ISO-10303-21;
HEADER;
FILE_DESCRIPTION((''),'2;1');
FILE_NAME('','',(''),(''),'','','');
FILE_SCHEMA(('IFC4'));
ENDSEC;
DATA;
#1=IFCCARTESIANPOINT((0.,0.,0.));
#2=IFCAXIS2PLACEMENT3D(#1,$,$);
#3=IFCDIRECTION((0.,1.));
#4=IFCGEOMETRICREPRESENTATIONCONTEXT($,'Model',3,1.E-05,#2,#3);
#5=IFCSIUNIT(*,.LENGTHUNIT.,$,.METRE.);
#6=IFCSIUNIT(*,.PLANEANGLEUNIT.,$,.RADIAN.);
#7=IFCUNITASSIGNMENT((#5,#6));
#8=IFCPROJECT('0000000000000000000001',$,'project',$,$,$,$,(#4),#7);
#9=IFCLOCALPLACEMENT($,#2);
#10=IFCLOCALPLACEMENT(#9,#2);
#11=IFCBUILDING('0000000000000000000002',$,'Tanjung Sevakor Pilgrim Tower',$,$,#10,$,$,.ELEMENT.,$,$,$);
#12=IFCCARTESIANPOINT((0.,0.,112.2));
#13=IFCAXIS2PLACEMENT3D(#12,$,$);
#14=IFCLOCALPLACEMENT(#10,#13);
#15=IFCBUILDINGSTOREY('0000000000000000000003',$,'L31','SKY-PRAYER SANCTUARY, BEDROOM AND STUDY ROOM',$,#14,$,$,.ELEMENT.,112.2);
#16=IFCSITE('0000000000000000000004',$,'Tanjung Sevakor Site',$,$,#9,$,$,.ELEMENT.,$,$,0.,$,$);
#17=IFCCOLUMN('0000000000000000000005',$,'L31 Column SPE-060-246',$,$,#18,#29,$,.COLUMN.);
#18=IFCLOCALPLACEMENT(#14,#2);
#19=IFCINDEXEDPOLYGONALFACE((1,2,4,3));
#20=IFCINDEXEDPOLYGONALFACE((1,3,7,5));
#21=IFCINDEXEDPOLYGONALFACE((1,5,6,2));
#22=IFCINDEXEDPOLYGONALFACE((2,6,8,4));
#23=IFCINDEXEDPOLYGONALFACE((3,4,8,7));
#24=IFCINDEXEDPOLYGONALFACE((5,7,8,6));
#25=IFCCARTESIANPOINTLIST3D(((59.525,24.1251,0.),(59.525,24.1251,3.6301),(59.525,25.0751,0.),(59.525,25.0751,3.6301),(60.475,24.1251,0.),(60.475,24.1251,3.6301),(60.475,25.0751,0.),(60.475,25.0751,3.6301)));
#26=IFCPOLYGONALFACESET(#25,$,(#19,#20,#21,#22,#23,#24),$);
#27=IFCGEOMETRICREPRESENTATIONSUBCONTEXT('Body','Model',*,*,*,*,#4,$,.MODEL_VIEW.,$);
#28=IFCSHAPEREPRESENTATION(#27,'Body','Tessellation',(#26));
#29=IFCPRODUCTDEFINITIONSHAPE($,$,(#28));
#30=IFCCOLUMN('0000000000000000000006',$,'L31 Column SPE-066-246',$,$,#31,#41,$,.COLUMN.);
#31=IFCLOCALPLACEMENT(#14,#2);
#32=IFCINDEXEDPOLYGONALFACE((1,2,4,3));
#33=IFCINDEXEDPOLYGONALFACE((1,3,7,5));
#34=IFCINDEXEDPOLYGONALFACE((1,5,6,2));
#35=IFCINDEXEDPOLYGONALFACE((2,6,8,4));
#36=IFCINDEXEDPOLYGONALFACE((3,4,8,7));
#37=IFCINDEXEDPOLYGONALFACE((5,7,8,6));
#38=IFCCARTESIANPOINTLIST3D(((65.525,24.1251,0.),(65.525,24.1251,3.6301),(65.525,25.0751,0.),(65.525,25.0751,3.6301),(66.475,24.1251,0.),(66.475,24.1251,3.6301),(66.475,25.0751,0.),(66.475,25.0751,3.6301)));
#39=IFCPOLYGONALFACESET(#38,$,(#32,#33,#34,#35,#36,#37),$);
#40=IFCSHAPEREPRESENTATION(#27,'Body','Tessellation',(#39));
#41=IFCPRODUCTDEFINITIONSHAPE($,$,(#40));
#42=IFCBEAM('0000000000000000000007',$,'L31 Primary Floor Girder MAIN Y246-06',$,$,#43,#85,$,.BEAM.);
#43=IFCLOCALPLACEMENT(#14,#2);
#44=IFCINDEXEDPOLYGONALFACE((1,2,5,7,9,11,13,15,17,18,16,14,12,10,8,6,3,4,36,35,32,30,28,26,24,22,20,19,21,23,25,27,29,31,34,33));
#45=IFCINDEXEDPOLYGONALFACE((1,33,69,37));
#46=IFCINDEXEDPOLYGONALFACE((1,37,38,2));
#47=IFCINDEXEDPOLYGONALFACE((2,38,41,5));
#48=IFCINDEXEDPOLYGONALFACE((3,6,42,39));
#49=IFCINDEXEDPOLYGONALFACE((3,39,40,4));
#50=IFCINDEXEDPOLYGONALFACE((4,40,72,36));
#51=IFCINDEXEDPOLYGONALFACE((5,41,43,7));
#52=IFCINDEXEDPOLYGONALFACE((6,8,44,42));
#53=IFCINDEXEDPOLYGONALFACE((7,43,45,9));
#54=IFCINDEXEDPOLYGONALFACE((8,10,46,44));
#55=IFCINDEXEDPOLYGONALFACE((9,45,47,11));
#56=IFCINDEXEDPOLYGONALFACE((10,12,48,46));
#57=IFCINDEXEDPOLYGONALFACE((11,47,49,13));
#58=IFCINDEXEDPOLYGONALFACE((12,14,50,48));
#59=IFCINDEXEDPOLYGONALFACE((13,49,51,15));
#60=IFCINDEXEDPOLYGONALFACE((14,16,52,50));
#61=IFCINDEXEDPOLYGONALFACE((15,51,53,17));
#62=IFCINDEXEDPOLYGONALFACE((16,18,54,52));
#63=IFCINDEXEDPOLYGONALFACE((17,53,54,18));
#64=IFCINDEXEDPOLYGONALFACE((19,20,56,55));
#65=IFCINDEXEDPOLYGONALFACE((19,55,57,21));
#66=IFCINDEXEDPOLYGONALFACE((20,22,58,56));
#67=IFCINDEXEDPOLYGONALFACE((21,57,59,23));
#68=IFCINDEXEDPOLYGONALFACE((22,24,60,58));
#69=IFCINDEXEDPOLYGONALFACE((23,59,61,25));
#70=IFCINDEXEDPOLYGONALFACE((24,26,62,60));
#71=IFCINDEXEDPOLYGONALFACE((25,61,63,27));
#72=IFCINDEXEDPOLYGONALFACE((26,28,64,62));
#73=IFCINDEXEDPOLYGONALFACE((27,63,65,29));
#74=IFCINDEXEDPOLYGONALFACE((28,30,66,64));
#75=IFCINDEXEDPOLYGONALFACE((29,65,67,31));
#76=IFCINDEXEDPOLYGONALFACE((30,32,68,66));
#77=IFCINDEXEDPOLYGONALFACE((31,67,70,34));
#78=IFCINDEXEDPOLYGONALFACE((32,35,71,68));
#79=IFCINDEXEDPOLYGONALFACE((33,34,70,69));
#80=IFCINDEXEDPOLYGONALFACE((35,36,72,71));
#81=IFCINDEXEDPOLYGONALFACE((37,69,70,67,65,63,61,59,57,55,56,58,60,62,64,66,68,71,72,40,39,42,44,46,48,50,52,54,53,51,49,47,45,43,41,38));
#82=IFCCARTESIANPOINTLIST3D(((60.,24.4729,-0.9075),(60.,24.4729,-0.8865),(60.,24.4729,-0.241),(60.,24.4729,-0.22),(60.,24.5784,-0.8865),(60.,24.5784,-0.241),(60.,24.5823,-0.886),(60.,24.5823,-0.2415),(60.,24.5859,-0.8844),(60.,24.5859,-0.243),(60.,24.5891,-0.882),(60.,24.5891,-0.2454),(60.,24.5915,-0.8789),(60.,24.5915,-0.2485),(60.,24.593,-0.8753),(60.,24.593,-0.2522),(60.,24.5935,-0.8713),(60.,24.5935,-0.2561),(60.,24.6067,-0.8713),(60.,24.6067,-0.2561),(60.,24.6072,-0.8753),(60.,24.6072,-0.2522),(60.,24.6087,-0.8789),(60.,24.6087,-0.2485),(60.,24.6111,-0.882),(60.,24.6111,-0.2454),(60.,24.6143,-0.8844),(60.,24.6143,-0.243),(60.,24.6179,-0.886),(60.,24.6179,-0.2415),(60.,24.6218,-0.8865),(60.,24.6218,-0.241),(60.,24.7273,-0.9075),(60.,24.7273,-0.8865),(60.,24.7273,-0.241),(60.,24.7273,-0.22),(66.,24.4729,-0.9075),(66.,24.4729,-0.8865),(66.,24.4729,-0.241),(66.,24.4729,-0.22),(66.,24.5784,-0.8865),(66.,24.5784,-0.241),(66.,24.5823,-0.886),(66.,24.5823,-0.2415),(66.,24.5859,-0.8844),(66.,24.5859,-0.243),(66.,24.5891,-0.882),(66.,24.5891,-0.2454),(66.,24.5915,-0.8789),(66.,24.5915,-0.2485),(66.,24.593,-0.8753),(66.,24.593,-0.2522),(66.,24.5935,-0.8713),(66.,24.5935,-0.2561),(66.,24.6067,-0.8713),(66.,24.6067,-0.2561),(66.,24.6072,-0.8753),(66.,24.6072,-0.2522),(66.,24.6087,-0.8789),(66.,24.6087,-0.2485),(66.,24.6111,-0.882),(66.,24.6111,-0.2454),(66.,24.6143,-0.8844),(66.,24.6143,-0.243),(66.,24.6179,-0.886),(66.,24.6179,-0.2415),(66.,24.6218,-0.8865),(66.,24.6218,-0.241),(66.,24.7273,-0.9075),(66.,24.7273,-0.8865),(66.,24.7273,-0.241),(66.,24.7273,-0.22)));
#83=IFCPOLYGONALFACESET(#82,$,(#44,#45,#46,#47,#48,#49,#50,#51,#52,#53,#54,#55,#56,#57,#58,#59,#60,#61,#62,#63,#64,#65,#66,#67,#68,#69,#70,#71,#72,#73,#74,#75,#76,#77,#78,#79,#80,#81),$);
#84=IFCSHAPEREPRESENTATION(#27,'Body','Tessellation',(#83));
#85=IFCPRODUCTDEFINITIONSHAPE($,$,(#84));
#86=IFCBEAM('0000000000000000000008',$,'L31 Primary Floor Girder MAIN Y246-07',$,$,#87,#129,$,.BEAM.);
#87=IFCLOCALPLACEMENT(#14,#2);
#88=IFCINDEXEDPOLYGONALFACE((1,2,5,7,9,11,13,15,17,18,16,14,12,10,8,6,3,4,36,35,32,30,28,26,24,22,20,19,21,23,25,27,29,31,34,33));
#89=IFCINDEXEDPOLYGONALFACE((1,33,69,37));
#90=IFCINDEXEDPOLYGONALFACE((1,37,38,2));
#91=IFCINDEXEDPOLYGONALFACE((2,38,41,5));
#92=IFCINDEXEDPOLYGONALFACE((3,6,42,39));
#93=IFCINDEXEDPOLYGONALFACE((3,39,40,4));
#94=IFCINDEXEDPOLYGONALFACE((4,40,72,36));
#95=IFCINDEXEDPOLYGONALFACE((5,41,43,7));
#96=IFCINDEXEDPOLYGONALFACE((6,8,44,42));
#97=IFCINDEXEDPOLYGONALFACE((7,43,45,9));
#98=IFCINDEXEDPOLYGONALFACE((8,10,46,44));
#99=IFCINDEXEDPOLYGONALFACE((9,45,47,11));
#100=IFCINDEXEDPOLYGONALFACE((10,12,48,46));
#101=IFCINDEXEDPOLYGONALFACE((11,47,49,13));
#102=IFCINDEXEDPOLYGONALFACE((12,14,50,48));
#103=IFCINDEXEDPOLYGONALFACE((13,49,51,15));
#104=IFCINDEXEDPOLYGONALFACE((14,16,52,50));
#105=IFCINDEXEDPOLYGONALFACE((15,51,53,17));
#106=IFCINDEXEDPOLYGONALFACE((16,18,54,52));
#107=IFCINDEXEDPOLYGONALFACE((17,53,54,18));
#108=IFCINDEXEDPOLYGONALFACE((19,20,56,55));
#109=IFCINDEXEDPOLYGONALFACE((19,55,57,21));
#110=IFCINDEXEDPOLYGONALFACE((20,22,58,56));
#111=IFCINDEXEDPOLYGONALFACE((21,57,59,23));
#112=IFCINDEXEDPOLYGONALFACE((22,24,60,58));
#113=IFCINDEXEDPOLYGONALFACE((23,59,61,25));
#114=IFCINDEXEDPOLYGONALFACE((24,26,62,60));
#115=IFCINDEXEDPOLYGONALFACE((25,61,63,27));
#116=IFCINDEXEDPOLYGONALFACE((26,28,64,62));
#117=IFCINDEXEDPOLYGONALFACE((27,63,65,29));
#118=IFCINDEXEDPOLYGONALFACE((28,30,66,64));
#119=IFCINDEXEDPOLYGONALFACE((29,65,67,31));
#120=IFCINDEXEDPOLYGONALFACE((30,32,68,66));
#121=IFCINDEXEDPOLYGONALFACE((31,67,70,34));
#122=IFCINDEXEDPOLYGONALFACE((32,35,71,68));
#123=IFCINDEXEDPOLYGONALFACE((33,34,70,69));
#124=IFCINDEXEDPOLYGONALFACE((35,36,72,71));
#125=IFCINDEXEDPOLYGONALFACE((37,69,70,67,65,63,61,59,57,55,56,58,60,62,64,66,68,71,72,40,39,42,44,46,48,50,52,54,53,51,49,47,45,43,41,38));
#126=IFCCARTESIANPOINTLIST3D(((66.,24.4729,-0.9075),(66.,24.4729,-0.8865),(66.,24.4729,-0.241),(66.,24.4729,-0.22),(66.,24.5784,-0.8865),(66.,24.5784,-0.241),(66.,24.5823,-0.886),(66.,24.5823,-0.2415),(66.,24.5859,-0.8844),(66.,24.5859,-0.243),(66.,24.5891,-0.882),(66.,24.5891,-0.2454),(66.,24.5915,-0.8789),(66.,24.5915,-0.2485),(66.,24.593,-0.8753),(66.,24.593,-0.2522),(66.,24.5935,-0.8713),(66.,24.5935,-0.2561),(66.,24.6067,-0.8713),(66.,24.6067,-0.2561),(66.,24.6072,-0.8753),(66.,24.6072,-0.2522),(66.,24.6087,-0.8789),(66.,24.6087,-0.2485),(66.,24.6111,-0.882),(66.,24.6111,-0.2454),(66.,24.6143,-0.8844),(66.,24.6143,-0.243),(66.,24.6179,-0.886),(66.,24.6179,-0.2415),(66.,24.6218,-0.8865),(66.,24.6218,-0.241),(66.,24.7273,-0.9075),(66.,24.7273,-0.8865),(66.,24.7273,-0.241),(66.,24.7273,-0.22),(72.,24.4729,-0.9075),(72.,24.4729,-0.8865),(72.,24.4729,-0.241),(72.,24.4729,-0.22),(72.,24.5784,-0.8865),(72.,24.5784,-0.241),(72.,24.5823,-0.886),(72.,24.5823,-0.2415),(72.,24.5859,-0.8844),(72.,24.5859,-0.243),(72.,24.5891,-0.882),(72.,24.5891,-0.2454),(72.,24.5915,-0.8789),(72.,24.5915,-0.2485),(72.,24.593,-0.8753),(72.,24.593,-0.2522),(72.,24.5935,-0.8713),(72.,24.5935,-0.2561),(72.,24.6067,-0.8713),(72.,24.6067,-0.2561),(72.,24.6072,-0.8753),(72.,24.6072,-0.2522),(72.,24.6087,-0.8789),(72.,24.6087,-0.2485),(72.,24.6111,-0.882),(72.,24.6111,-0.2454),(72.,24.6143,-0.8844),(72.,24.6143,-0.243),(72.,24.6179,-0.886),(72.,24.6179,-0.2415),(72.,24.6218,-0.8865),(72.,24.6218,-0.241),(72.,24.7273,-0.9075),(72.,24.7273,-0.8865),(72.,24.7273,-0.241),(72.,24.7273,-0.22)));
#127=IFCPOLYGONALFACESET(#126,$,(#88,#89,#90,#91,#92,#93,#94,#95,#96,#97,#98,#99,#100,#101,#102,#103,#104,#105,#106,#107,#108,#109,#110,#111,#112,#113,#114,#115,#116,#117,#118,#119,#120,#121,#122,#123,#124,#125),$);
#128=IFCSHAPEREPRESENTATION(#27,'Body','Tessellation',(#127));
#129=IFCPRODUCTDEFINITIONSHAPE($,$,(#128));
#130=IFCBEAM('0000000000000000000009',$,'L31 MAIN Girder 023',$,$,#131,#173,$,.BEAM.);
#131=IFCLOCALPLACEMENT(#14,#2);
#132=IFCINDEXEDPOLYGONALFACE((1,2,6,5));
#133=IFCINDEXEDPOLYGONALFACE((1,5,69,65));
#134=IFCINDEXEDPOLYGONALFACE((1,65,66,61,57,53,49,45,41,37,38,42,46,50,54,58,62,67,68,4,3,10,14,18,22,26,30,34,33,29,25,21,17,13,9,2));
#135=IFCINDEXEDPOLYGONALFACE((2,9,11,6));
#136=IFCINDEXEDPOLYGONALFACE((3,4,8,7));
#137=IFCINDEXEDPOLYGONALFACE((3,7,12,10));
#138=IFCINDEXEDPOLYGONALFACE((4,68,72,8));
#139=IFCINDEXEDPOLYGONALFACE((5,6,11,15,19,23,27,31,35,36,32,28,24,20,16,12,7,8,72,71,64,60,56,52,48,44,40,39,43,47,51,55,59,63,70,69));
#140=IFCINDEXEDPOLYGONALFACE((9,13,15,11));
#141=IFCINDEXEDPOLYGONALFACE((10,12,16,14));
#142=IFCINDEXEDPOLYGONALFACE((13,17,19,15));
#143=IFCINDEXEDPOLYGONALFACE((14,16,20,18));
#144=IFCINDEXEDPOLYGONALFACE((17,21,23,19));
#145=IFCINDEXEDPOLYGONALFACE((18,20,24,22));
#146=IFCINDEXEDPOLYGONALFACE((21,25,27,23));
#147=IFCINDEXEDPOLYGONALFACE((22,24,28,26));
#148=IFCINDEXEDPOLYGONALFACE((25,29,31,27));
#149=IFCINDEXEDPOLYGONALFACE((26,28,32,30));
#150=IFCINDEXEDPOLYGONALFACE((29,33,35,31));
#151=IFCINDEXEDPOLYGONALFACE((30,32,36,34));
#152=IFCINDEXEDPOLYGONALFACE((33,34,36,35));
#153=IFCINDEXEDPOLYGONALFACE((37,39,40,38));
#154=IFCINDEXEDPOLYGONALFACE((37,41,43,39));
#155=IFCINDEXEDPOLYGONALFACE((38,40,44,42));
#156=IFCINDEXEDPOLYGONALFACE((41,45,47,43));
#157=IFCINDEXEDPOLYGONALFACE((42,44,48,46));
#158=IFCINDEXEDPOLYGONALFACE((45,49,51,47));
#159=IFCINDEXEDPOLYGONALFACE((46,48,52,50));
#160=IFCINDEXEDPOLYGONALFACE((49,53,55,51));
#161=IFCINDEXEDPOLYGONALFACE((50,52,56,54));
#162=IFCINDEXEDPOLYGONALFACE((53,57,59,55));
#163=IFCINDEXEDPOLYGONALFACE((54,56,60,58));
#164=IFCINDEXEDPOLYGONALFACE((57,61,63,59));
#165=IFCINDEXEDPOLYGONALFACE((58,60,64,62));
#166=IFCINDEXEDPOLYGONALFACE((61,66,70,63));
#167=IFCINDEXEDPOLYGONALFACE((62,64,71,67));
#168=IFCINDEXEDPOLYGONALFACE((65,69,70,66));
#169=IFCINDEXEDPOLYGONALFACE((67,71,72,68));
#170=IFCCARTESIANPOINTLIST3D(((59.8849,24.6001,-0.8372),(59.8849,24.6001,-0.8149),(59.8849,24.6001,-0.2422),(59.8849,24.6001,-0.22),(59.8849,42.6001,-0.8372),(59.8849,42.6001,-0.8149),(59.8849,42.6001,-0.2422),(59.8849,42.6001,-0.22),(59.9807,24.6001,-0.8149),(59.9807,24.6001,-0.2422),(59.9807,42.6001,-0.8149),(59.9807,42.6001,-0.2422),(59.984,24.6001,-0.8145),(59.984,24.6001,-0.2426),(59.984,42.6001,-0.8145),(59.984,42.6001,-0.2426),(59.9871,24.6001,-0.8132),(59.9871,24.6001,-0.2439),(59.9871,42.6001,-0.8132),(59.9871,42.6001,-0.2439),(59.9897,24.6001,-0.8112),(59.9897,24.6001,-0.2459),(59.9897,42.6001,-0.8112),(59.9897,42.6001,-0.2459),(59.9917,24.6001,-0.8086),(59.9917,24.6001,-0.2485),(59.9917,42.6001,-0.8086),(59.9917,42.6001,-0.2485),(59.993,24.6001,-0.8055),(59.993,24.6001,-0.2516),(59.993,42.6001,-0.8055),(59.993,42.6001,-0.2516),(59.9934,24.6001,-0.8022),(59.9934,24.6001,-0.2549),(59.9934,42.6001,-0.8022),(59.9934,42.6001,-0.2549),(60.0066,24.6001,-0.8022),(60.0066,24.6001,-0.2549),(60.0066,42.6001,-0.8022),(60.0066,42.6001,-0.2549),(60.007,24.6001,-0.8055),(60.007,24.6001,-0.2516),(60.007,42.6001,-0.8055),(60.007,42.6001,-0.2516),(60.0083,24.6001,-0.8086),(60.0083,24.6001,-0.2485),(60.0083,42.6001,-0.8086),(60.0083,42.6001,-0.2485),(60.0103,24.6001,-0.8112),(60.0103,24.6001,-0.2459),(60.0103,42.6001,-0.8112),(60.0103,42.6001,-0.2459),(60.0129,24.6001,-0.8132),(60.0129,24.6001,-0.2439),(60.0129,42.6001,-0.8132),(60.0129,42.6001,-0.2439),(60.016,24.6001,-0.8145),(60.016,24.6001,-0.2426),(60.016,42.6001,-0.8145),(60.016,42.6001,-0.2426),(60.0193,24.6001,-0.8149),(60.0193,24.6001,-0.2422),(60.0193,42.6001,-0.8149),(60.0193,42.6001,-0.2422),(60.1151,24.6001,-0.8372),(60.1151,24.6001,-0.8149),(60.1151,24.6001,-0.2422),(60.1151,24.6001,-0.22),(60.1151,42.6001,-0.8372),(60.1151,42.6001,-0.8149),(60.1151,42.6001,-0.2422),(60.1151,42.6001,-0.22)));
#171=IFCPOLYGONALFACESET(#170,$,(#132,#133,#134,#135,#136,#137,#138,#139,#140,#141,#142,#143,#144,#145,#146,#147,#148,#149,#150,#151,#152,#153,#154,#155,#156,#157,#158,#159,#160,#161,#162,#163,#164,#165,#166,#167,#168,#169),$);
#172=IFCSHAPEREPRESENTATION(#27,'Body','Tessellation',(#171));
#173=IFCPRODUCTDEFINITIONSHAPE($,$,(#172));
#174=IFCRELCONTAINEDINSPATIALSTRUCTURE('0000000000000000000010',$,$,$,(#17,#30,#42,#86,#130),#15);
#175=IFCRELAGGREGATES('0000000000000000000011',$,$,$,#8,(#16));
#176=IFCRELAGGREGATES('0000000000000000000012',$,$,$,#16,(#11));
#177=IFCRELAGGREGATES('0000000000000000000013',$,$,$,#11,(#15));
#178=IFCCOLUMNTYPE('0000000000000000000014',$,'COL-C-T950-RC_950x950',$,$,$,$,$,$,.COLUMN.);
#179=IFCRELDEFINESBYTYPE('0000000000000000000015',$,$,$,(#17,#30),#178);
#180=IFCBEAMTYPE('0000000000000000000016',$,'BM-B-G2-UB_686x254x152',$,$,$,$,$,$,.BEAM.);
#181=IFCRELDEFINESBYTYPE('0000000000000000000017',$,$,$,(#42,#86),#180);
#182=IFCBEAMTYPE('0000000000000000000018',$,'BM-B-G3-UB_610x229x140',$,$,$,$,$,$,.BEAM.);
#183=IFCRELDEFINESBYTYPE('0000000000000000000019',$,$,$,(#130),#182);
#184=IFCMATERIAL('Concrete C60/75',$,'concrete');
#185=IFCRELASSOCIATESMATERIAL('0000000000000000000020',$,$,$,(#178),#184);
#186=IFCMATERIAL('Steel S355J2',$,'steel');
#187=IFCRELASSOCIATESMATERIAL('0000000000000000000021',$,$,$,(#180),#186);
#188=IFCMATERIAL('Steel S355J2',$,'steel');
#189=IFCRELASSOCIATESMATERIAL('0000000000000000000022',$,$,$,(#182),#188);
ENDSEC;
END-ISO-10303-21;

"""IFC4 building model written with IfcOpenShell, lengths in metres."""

from ifc_helpers import new_model, si_unit, direction, frame, origin, origin_2d, place, context, subcontext, project, spatial, rectangle, i_section, extrude, material, material_profile, profile_set, type_object, element, save


model = new_model("IFC4")

# Units and contexts
model_context = context("Model", 3, precision=1e-05, world=origin(), true_north=direction((0.0, 1.0)))
body_context = subcontext(model_context, "Body", "Model", "MODEL_VIEW")
ifc_project = project(units=[si_unit("LENGTHUNIT", "METRE"), si_unit("PLANEANGLEUNIT", "RADIAN")], contexts=[model_context])

# Site, building, storey
site_placement = place(None, origin())
site = spatial("IfcSite", under=ifc_project, at=site_placement, Name="Tanjung Sevakor Site", CompositionType="ELEMENT", RefElevation=0.0)
building_placement = place(site_placement, origin())
building = spatial("IfcBuilding", under=site, at=building_placement, Name="Tanjung Sevakor Pilgrim Tower", CompositionType="ELEMENT")
storey_placement = place(building_placement, frame((0.0, 0.0, 112.2)))
storey = spatial("IfcBuildingStorey", under=building, at=storey_placement, Name="L31", Description="SKY-PRAYER SANCTUARY, BEDROOM AND STUDY ROOM", CompositionType="ELEMENT", Elevation=112.2)

# Columns
ifc_material_1 = material(Name="Concrete C60/75", Category="concrete")
ifc_material_profile_1 = material_profile(ifc_material_1, rectangle(XDim=0.95, YDim=0.95, at=origin_2d()))
ifc_profile_set_1 = profile_set([ifc_material_profile_1], Name="Concrete C60/75")
column_type = type_object("IfcColumnType", Name="COL-C-T950-RC_950x950", PredefinedType="COLUMN", material=ifc_profile_set_1)
for number, where, z_axis, x_axis, name in (
    (1, (60.0, 24.6001, 0.0), (0.0, 0.0, 1.0), (1.0, 0.0, 0.0), "L31 Column SPE-060-246"),
    (2, (66.0, 24.6001, 0.0), (0.0, 0.0, 1.0), (1.0, 0.0, 0.0), "L31 Column SPE-066-246"),
):
    element("IfcColumn", number, at=place(storey_placement, frame(where, z_axis=z_axis, x_axis=x_axis)), inside=storey, type_object=column_type, Name=name, PredefinedType="COLUMN", context=body_context, shape_type="SweptSolid", body=[
        extrude(rectangle(XDim=0.95, YDim=0.95, at=origin_2d()), origin(), (0.0, 0.0, 1.0), 3.6301),
    ])

# Beams
ifc_material_2 = material(Name="Steel S355J2", Category="steel")
ifc_material_profile_2 = material_profile(ifc_material_2, i_section(OverallWidth=0.2544, OverallDepth=0.6875, WebThickness=0.0132, FlangeThickness=0.021, FilletRadius=0.0151, at=origin_2d()))
ifc_profile_set_2 = profile_set([ifc_material_profile_2], Name="Steel S355J2")
beam_type_1 = type_object("IfcBeamType", Name="BM-B-G2-UB_686x254x152", PredefinedType="BEAM", material=ifc_profile_set_2)
for number, where, z_axis, x_axis, name in (
    (3, (60.0, 24.6001, -0.5637), (1.0, 0.0, 0.0), (0.0, 1.0, 0.0), "L31 Primary Floor Girder MAIN Y246-06"),
    (4, (66.0, 24.6001, -0.5637), (1.0, 0.0, 0.0), (0.0, 1.0, 0.0), "L31 Primary Floor Girder MAIN Y246-07"),
):
    element("IfcBeam", number, at=place(storey_placement, frame(where, z_axis=z_axis, x_axis=x_axis)), inside=storey, type_object=beam_type_1, Name=name, PredefinedType="BEAM", context=body_context, shape_type="SweptSolid", body=[
        extrude(i_section(OverallWidth=0.2544, OverallDepth=0.6875, WebThickness=0.0132, FlangeThickness=0.021, FilletRadius=0.0151, at=origin_2d()), origin(), (0.0, 0.0, 1.0), 6.0),
    ])
ifc_material_3 = material(Name="Steel S355J2", Category="steel")
ifc_material_profile_3 = material_profile(ifc_material_3, i_section(OverallWidth=0.2302, OverallDepth=0.6172, WebThickness=0.0132, FlangeThickness=0.0222, FilletRadius=0.0127, at=origin_2d()))
ifc_profile_set_3 = profile_set([ifc_material_profile_3], Name="Steel S355J2")
beam_type_2 = type_object("IfcBeamType", Name="BM-B-G3-UB_610x229x140", PredefinedType="BEAM", material=ifc_profile_set_3)
for number, where, z_axis, x_axis, name in (
    (5, (60.0, 24.6001, -0.5286), (0.0, 1.0, 0.0), (-1.0, 0.0, 0.0), "L31 MAIN Girder 023"),
):
    element("IfcBeam", number, at=place(storey_placement, frame(where, z_axis=z_axis, x_axis=x_axis)), inside=storey, type_object=beam_type_2, Name=name, PredefinedType="BEAM", context=body_context, shape_type="SweptSolid", body=[
        extrude(i_section(OverallWidth=0.2302, OverallDepth=0.6172, WebThickness=0.0132, FlangeThickness=0.0222, FilletRadius=0.0127, at=origin_2d()), origin(), (0.0, 0.0, 1.0), 18.0),
    ])

save(model, "model.ifc")
